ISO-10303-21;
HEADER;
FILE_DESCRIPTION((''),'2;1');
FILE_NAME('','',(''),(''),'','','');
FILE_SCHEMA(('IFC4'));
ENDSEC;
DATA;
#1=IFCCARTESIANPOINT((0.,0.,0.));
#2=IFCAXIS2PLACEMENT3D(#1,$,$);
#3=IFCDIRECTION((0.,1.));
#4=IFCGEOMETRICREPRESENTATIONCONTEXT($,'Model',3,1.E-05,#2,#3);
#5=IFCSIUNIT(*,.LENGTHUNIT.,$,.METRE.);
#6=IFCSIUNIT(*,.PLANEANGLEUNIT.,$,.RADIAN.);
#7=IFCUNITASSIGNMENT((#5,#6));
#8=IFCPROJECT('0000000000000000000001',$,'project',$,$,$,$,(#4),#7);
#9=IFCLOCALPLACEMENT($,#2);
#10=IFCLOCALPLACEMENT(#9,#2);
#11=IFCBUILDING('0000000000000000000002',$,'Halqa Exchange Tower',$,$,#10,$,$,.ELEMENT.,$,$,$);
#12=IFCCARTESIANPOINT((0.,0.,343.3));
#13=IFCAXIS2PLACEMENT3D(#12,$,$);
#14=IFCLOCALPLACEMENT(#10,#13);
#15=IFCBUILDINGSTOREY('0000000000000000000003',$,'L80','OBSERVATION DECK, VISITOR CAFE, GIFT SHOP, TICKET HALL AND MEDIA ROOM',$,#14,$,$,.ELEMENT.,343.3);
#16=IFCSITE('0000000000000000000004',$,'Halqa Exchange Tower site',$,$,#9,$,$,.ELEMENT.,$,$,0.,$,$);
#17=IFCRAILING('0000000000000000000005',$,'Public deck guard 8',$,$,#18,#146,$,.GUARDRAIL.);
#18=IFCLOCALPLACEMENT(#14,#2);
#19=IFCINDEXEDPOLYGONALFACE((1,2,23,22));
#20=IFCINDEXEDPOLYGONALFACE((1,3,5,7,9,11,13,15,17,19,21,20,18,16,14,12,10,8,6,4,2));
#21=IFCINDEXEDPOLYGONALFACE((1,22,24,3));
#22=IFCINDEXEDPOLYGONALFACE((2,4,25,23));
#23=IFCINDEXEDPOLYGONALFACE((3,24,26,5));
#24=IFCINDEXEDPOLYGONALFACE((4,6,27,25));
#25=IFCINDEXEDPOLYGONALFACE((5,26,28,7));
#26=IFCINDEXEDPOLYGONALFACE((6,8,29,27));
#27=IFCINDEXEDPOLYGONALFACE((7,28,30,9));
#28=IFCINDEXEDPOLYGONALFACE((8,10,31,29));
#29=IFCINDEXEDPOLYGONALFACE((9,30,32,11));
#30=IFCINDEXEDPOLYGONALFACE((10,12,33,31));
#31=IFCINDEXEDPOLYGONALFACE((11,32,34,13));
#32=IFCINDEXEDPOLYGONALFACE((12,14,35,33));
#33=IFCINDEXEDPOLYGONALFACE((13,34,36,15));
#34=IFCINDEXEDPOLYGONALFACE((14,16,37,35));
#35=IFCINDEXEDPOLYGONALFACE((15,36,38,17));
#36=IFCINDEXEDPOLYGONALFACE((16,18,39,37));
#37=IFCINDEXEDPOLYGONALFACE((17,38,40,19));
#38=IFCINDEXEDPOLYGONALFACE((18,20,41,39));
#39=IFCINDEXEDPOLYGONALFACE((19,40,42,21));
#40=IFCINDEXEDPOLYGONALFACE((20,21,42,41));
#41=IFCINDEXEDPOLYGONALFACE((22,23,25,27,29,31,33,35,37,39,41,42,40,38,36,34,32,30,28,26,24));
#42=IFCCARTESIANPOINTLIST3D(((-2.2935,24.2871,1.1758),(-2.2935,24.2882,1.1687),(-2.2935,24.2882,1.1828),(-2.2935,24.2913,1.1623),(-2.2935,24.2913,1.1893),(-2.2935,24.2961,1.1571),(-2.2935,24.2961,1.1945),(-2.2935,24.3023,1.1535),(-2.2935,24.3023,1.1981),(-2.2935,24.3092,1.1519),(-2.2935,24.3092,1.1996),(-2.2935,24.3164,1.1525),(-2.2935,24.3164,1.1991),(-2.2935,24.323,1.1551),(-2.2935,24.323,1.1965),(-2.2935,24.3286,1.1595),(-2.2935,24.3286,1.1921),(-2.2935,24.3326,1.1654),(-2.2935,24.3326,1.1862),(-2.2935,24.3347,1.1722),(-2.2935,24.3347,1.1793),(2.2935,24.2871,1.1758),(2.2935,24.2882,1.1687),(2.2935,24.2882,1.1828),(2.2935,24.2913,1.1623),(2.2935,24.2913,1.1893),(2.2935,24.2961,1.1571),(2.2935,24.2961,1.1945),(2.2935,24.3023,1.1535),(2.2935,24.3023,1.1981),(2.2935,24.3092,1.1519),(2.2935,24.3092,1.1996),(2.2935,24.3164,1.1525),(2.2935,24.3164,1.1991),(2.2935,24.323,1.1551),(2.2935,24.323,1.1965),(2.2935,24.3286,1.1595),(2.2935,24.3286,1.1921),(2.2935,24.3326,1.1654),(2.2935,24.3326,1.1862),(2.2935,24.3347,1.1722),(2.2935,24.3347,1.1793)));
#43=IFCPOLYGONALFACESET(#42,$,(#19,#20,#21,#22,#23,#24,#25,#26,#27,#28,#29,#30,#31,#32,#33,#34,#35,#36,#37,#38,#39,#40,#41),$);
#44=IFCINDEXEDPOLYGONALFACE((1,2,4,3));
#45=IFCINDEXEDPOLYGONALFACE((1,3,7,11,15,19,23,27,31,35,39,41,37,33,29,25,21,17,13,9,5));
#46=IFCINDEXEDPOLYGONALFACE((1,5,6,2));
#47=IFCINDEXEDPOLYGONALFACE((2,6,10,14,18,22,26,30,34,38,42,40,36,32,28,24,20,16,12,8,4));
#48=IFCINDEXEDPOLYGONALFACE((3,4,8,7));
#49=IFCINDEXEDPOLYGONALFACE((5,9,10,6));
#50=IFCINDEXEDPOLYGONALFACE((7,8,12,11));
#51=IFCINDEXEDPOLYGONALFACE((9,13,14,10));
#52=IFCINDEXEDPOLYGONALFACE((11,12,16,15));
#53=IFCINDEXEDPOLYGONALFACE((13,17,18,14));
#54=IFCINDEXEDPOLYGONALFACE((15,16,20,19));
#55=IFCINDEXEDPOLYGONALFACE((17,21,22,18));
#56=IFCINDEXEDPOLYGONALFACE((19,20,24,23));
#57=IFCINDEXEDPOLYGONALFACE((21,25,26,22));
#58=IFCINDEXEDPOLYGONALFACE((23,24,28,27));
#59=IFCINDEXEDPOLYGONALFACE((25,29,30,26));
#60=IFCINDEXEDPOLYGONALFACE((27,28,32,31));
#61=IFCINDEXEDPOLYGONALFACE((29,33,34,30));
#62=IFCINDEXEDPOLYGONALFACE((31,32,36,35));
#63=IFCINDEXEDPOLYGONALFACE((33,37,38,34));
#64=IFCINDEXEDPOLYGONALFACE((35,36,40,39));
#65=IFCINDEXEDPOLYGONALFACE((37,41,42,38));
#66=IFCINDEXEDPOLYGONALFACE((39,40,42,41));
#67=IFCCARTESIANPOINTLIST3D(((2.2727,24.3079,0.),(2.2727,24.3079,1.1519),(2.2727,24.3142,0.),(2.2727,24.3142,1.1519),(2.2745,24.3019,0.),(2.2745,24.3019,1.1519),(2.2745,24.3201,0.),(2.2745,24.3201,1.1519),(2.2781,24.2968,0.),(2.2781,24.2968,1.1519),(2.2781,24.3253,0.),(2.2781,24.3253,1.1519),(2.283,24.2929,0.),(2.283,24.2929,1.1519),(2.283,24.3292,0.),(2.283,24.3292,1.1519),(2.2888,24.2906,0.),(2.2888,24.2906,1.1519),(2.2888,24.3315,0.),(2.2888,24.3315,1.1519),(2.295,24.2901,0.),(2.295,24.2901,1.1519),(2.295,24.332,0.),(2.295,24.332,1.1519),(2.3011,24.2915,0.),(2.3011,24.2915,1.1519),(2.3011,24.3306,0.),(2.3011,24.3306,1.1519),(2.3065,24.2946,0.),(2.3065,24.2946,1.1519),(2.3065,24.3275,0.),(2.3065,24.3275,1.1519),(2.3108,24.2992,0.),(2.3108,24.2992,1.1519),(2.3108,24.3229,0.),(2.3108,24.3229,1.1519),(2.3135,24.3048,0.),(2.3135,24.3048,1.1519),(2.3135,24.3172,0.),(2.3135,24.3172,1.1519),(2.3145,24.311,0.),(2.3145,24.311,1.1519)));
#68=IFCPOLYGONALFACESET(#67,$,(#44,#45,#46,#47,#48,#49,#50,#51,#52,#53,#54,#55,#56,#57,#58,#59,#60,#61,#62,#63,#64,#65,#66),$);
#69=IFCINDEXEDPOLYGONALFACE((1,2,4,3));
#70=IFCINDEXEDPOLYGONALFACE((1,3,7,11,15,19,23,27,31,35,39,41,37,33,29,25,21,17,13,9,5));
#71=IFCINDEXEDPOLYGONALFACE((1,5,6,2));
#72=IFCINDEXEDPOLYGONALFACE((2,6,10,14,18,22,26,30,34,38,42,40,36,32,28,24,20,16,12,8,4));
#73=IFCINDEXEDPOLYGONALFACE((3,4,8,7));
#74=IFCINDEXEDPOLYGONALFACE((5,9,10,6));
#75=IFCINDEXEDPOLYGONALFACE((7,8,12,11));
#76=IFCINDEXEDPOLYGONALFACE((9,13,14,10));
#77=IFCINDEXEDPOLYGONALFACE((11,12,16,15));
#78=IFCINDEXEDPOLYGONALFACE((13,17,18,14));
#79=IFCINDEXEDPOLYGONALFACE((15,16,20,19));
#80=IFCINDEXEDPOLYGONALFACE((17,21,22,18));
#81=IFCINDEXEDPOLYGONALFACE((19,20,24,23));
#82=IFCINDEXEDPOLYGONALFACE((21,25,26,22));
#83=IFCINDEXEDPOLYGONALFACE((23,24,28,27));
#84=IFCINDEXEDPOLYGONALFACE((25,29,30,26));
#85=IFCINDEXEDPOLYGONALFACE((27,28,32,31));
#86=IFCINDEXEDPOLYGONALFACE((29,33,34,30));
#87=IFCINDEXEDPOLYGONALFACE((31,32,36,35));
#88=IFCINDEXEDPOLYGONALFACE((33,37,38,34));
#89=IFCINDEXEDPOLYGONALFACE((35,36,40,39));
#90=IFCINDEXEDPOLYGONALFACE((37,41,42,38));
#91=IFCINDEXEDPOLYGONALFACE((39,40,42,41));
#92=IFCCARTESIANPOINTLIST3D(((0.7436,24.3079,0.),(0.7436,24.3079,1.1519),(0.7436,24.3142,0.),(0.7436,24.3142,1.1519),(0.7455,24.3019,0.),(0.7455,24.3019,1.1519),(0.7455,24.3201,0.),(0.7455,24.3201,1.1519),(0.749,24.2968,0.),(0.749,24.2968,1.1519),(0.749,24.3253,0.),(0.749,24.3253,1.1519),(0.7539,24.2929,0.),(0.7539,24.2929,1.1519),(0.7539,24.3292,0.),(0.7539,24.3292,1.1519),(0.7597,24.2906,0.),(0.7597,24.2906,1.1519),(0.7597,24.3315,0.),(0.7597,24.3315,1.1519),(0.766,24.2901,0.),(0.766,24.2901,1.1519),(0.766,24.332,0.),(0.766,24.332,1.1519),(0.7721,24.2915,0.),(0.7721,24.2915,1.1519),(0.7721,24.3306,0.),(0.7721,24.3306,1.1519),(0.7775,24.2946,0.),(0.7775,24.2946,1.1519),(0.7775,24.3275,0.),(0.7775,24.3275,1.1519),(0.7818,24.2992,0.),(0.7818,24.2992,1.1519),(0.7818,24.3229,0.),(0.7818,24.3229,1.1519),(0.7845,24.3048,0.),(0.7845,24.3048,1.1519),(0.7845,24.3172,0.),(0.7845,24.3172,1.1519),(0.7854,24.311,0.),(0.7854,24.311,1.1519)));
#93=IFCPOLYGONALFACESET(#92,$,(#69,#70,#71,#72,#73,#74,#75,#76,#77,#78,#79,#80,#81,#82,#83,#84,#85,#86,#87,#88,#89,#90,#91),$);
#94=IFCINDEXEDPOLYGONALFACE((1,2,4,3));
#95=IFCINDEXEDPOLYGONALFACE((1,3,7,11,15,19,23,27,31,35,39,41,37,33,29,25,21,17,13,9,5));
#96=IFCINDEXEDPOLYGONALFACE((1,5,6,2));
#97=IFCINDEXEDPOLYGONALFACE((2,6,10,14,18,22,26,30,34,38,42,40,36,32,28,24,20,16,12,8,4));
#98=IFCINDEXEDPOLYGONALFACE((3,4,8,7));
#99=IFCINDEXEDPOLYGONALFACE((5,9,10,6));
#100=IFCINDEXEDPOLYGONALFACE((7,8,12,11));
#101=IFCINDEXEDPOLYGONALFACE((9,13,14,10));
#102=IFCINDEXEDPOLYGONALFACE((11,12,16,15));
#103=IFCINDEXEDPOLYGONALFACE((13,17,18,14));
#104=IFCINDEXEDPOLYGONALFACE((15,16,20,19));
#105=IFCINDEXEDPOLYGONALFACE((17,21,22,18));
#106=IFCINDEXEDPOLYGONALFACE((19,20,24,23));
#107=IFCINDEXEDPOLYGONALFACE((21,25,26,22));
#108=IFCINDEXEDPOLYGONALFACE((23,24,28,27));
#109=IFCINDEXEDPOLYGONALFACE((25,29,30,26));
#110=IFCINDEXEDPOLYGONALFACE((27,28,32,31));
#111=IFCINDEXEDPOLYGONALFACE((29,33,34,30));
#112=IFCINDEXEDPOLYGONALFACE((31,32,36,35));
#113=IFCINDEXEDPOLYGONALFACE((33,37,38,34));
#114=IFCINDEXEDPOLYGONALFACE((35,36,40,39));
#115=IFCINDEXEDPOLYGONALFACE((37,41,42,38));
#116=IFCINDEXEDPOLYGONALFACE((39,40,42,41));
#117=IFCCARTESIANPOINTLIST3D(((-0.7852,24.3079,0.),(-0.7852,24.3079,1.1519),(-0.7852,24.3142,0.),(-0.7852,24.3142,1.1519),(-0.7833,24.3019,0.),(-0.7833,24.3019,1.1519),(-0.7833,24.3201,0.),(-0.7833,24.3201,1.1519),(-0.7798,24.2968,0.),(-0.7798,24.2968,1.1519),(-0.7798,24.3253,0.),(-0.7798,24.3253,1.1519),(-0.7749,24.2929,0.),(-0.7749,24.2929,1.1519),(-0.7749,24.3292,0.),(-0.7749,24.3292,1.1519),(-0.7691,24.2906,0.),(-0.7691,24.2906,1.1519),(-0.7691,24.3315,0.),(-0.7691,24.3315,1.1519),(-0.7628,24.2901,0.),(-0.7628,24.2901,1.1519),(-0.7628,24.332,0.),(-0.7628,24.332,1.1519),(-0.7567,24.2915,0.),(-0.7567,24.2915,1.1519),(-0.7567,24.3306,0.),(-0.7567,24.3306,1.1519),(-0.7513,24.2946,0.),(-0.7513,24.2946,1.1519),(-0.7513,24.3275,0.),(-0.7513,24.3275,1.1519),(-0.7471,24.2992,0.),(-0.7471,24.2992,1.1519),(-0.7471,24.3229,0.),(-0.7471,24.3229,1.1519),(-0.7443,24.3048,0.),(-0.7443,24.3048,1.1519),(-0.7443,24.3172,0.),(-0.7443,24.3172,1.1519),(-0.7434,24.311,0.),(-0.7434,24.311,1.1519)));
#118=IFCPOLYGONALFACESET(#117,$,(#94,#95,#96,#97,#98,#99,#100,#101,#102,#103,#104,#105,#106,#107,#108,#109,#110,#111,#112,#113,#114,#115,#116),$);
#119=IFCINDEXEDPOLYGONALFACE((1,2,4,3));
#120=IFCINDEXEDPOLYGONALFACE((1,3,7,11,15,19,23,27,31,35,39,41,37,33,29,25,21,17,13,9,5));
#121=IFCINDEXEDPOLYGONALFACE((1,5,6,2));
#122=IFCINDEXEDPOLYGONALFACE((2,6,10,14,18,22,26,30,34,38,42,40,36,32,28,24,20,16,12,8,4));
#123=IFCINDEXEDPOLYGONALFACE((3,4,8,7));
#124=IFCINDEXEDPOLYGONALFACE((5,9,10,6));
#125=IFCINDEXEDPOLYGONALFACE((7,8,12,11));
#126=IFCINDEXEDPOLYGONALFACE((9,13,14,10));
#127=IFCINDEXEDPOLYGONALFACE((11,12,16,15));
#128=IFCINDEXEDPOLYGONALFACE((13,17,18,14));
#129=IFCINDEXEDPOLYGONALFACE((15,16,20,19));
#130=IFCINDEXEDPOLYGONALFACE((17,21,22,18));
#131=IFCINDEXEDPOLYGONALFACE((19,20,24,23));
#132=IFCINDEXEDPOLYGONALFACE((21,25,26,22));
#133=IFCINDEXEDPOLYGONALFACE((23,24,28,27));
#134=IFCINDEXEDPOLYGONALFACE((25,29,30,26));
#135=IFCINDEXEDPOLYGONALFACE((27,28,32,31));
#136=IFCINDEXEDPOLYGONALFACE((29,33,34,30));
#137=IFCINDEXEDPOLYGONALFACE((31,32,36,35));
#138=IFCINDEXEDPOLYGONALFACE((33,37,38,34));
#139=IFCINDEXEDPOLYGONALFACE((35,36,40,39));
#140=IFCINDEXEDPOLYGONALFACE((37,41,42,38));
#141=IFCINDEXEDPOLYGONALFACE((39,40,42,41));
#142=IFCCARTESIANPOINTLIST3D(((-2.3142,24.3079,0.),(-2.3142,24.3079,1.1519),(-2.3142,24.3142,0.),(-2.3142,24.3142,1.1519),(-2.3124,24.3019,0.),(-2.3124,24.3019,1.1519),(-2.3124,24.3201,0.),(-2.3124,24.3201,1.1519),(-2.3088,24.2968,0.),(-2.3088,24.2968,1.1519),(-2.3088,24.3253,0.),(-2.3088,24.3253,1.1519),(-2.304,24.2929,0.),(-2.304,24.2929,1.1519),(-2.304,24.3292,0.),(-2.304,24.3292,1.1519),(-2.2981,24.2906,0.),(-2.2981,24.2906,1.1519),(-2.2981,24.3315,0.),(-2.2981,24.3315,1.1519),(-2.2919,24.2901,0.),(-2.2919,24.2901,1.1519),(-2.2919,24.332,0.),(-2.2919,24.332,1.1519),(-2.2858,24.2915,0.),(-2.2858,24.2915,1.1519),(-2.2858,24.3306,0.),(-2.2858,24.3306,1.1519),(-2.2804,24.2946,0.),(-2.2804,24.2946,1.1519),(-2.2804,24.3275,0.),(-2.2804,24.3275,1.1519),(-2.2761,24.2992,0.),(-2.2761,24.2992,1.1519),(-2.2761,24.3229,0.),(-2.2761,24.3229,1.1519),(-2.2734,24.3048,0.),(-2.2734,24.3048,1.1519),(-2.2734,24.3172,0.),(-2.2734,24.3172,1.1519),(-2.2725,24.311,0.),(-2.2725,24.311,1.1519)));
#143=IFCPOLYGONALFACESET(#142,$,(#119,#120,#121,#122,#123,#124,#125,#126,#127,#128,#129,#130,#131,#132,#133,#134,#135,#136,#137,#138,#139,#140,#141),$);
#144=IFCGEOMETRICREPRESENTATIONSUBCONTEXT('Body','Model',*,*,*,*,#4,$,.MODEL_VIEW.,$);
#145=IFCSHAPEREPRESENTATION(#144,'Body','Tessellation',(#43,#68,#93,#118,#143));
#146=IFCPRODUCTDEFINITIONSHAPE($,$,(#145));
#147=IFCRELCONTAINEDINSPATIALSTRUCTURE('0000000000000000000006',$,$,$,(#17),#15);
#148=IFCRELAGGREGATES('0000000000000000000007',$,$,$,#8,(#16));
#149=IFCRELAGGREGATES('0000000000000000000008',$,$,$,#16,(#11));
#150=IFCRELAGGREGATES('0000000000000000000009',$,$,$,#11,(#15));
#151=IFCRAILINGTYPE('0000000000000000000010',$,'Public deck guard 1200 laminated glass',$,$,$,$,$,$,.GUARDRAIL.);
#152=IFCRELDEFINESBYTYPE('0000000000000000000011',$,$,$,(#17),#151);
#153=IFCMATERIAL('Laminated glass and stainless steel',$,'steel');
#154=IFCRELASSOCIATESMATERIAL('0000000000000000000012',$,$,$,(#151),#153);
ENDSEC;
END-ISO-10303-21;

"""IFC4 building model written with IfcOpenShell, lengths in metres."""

from ifc_helpers import new_model, si_unit, direction, frame, origin, origin_2d, place, context, subcontext, project, spatial, circle, extrude, material, type_object, element, save


model = new_model("IFC4")

# Units and contexts
model_context = context("Model", 3, precision=1e-05, world=origin(), true_north=direction((0.0, 1.0)))
body_context = subcontext(model_context, "Body", "Model", "MODEL_VIEW")
ifc_project = project(units=[si_unit("LENGTHUNIT", "METRE"), si_unit("PLANEANGLEUNIT", "RADIAN")], contexts=[model_context])

# Site, building, storey
site_placement = place(None, origin())
site = spatial("IfcSite", under=ifc_project, at=site_placement, Name="Halqa Exchange Tower site", CompositionType="ELEMENT", RefElevation=0.0)
building_placement = place(site_placement, origin())
building = spatial("IfcBuilding", under=site, at=building_placement, Name="Halqa Exchange Tower", CompositionType="ELEMENT")
storey_placement = place(building_placement, frame((0.0, 0.0, 343.3)))
storey = spatial("IfcBuildingStorey", under=building, at=storey_placement, Name="L80", Description="OBSERVATION DECK, VISITOR CAFE, GIFT SHOP, TICKET HALL AND MEDIA ROOM", CompositionType="ELEMENT", Elevation=343.3)

# Railing
ifc_material_1 = material(Name="Laminated glass and stainless steel", Category="steel")
railing_type = type_object("IfcRailingType", Name="Public deck guard 1200 laminated glass", PredefinedType="GUARDRAIL", material=ifc_material_1)
railing_1_placement = place(storey_placement, frame((2.2935, 24.311, 0.0)))
element("IfcRailing", 1, at=railing_1_placement, inside=storey, type_object=railing_type, Name="Public deck guard 8", PredefinedType="GUARDRAIL", context=body_context, shape_type="SweptSolid", body=[
    extrude(circle(Radius=0.0239, at=origin_2d()), frame((0.0, 0.0, 1.1758), z_axis=(-1.0, 0.0, 0.0), x_axis=(0.0, -1.0, 0.0)), (0.0, 0.0, 1.0), 4.5869),
    extrude(circle(Radius=0.021, at=origin_2d()), origin(), (0.0, 0.0, 1.0), 1.1519),
    extrude(circle(Radius=0.021, at=origin_2d()), frame((-1.5291, 0.0, 0.0)), (0.0, 0.0, 1.0), 1.1519),
    extrude(circle(Radius=0.021, at=origin_2d()), frame((-3.0579, 0.0, 0.0)), (0.0, 0.0, 1.0), 1.1519),
    extrude(circle(Radius=0.021, at=origin_2d()), frame((-4.5869, 0.0, 0.0)), (0.0, 0.0, 1.0), 1.1519),
])

save(model, "model.ifc")
